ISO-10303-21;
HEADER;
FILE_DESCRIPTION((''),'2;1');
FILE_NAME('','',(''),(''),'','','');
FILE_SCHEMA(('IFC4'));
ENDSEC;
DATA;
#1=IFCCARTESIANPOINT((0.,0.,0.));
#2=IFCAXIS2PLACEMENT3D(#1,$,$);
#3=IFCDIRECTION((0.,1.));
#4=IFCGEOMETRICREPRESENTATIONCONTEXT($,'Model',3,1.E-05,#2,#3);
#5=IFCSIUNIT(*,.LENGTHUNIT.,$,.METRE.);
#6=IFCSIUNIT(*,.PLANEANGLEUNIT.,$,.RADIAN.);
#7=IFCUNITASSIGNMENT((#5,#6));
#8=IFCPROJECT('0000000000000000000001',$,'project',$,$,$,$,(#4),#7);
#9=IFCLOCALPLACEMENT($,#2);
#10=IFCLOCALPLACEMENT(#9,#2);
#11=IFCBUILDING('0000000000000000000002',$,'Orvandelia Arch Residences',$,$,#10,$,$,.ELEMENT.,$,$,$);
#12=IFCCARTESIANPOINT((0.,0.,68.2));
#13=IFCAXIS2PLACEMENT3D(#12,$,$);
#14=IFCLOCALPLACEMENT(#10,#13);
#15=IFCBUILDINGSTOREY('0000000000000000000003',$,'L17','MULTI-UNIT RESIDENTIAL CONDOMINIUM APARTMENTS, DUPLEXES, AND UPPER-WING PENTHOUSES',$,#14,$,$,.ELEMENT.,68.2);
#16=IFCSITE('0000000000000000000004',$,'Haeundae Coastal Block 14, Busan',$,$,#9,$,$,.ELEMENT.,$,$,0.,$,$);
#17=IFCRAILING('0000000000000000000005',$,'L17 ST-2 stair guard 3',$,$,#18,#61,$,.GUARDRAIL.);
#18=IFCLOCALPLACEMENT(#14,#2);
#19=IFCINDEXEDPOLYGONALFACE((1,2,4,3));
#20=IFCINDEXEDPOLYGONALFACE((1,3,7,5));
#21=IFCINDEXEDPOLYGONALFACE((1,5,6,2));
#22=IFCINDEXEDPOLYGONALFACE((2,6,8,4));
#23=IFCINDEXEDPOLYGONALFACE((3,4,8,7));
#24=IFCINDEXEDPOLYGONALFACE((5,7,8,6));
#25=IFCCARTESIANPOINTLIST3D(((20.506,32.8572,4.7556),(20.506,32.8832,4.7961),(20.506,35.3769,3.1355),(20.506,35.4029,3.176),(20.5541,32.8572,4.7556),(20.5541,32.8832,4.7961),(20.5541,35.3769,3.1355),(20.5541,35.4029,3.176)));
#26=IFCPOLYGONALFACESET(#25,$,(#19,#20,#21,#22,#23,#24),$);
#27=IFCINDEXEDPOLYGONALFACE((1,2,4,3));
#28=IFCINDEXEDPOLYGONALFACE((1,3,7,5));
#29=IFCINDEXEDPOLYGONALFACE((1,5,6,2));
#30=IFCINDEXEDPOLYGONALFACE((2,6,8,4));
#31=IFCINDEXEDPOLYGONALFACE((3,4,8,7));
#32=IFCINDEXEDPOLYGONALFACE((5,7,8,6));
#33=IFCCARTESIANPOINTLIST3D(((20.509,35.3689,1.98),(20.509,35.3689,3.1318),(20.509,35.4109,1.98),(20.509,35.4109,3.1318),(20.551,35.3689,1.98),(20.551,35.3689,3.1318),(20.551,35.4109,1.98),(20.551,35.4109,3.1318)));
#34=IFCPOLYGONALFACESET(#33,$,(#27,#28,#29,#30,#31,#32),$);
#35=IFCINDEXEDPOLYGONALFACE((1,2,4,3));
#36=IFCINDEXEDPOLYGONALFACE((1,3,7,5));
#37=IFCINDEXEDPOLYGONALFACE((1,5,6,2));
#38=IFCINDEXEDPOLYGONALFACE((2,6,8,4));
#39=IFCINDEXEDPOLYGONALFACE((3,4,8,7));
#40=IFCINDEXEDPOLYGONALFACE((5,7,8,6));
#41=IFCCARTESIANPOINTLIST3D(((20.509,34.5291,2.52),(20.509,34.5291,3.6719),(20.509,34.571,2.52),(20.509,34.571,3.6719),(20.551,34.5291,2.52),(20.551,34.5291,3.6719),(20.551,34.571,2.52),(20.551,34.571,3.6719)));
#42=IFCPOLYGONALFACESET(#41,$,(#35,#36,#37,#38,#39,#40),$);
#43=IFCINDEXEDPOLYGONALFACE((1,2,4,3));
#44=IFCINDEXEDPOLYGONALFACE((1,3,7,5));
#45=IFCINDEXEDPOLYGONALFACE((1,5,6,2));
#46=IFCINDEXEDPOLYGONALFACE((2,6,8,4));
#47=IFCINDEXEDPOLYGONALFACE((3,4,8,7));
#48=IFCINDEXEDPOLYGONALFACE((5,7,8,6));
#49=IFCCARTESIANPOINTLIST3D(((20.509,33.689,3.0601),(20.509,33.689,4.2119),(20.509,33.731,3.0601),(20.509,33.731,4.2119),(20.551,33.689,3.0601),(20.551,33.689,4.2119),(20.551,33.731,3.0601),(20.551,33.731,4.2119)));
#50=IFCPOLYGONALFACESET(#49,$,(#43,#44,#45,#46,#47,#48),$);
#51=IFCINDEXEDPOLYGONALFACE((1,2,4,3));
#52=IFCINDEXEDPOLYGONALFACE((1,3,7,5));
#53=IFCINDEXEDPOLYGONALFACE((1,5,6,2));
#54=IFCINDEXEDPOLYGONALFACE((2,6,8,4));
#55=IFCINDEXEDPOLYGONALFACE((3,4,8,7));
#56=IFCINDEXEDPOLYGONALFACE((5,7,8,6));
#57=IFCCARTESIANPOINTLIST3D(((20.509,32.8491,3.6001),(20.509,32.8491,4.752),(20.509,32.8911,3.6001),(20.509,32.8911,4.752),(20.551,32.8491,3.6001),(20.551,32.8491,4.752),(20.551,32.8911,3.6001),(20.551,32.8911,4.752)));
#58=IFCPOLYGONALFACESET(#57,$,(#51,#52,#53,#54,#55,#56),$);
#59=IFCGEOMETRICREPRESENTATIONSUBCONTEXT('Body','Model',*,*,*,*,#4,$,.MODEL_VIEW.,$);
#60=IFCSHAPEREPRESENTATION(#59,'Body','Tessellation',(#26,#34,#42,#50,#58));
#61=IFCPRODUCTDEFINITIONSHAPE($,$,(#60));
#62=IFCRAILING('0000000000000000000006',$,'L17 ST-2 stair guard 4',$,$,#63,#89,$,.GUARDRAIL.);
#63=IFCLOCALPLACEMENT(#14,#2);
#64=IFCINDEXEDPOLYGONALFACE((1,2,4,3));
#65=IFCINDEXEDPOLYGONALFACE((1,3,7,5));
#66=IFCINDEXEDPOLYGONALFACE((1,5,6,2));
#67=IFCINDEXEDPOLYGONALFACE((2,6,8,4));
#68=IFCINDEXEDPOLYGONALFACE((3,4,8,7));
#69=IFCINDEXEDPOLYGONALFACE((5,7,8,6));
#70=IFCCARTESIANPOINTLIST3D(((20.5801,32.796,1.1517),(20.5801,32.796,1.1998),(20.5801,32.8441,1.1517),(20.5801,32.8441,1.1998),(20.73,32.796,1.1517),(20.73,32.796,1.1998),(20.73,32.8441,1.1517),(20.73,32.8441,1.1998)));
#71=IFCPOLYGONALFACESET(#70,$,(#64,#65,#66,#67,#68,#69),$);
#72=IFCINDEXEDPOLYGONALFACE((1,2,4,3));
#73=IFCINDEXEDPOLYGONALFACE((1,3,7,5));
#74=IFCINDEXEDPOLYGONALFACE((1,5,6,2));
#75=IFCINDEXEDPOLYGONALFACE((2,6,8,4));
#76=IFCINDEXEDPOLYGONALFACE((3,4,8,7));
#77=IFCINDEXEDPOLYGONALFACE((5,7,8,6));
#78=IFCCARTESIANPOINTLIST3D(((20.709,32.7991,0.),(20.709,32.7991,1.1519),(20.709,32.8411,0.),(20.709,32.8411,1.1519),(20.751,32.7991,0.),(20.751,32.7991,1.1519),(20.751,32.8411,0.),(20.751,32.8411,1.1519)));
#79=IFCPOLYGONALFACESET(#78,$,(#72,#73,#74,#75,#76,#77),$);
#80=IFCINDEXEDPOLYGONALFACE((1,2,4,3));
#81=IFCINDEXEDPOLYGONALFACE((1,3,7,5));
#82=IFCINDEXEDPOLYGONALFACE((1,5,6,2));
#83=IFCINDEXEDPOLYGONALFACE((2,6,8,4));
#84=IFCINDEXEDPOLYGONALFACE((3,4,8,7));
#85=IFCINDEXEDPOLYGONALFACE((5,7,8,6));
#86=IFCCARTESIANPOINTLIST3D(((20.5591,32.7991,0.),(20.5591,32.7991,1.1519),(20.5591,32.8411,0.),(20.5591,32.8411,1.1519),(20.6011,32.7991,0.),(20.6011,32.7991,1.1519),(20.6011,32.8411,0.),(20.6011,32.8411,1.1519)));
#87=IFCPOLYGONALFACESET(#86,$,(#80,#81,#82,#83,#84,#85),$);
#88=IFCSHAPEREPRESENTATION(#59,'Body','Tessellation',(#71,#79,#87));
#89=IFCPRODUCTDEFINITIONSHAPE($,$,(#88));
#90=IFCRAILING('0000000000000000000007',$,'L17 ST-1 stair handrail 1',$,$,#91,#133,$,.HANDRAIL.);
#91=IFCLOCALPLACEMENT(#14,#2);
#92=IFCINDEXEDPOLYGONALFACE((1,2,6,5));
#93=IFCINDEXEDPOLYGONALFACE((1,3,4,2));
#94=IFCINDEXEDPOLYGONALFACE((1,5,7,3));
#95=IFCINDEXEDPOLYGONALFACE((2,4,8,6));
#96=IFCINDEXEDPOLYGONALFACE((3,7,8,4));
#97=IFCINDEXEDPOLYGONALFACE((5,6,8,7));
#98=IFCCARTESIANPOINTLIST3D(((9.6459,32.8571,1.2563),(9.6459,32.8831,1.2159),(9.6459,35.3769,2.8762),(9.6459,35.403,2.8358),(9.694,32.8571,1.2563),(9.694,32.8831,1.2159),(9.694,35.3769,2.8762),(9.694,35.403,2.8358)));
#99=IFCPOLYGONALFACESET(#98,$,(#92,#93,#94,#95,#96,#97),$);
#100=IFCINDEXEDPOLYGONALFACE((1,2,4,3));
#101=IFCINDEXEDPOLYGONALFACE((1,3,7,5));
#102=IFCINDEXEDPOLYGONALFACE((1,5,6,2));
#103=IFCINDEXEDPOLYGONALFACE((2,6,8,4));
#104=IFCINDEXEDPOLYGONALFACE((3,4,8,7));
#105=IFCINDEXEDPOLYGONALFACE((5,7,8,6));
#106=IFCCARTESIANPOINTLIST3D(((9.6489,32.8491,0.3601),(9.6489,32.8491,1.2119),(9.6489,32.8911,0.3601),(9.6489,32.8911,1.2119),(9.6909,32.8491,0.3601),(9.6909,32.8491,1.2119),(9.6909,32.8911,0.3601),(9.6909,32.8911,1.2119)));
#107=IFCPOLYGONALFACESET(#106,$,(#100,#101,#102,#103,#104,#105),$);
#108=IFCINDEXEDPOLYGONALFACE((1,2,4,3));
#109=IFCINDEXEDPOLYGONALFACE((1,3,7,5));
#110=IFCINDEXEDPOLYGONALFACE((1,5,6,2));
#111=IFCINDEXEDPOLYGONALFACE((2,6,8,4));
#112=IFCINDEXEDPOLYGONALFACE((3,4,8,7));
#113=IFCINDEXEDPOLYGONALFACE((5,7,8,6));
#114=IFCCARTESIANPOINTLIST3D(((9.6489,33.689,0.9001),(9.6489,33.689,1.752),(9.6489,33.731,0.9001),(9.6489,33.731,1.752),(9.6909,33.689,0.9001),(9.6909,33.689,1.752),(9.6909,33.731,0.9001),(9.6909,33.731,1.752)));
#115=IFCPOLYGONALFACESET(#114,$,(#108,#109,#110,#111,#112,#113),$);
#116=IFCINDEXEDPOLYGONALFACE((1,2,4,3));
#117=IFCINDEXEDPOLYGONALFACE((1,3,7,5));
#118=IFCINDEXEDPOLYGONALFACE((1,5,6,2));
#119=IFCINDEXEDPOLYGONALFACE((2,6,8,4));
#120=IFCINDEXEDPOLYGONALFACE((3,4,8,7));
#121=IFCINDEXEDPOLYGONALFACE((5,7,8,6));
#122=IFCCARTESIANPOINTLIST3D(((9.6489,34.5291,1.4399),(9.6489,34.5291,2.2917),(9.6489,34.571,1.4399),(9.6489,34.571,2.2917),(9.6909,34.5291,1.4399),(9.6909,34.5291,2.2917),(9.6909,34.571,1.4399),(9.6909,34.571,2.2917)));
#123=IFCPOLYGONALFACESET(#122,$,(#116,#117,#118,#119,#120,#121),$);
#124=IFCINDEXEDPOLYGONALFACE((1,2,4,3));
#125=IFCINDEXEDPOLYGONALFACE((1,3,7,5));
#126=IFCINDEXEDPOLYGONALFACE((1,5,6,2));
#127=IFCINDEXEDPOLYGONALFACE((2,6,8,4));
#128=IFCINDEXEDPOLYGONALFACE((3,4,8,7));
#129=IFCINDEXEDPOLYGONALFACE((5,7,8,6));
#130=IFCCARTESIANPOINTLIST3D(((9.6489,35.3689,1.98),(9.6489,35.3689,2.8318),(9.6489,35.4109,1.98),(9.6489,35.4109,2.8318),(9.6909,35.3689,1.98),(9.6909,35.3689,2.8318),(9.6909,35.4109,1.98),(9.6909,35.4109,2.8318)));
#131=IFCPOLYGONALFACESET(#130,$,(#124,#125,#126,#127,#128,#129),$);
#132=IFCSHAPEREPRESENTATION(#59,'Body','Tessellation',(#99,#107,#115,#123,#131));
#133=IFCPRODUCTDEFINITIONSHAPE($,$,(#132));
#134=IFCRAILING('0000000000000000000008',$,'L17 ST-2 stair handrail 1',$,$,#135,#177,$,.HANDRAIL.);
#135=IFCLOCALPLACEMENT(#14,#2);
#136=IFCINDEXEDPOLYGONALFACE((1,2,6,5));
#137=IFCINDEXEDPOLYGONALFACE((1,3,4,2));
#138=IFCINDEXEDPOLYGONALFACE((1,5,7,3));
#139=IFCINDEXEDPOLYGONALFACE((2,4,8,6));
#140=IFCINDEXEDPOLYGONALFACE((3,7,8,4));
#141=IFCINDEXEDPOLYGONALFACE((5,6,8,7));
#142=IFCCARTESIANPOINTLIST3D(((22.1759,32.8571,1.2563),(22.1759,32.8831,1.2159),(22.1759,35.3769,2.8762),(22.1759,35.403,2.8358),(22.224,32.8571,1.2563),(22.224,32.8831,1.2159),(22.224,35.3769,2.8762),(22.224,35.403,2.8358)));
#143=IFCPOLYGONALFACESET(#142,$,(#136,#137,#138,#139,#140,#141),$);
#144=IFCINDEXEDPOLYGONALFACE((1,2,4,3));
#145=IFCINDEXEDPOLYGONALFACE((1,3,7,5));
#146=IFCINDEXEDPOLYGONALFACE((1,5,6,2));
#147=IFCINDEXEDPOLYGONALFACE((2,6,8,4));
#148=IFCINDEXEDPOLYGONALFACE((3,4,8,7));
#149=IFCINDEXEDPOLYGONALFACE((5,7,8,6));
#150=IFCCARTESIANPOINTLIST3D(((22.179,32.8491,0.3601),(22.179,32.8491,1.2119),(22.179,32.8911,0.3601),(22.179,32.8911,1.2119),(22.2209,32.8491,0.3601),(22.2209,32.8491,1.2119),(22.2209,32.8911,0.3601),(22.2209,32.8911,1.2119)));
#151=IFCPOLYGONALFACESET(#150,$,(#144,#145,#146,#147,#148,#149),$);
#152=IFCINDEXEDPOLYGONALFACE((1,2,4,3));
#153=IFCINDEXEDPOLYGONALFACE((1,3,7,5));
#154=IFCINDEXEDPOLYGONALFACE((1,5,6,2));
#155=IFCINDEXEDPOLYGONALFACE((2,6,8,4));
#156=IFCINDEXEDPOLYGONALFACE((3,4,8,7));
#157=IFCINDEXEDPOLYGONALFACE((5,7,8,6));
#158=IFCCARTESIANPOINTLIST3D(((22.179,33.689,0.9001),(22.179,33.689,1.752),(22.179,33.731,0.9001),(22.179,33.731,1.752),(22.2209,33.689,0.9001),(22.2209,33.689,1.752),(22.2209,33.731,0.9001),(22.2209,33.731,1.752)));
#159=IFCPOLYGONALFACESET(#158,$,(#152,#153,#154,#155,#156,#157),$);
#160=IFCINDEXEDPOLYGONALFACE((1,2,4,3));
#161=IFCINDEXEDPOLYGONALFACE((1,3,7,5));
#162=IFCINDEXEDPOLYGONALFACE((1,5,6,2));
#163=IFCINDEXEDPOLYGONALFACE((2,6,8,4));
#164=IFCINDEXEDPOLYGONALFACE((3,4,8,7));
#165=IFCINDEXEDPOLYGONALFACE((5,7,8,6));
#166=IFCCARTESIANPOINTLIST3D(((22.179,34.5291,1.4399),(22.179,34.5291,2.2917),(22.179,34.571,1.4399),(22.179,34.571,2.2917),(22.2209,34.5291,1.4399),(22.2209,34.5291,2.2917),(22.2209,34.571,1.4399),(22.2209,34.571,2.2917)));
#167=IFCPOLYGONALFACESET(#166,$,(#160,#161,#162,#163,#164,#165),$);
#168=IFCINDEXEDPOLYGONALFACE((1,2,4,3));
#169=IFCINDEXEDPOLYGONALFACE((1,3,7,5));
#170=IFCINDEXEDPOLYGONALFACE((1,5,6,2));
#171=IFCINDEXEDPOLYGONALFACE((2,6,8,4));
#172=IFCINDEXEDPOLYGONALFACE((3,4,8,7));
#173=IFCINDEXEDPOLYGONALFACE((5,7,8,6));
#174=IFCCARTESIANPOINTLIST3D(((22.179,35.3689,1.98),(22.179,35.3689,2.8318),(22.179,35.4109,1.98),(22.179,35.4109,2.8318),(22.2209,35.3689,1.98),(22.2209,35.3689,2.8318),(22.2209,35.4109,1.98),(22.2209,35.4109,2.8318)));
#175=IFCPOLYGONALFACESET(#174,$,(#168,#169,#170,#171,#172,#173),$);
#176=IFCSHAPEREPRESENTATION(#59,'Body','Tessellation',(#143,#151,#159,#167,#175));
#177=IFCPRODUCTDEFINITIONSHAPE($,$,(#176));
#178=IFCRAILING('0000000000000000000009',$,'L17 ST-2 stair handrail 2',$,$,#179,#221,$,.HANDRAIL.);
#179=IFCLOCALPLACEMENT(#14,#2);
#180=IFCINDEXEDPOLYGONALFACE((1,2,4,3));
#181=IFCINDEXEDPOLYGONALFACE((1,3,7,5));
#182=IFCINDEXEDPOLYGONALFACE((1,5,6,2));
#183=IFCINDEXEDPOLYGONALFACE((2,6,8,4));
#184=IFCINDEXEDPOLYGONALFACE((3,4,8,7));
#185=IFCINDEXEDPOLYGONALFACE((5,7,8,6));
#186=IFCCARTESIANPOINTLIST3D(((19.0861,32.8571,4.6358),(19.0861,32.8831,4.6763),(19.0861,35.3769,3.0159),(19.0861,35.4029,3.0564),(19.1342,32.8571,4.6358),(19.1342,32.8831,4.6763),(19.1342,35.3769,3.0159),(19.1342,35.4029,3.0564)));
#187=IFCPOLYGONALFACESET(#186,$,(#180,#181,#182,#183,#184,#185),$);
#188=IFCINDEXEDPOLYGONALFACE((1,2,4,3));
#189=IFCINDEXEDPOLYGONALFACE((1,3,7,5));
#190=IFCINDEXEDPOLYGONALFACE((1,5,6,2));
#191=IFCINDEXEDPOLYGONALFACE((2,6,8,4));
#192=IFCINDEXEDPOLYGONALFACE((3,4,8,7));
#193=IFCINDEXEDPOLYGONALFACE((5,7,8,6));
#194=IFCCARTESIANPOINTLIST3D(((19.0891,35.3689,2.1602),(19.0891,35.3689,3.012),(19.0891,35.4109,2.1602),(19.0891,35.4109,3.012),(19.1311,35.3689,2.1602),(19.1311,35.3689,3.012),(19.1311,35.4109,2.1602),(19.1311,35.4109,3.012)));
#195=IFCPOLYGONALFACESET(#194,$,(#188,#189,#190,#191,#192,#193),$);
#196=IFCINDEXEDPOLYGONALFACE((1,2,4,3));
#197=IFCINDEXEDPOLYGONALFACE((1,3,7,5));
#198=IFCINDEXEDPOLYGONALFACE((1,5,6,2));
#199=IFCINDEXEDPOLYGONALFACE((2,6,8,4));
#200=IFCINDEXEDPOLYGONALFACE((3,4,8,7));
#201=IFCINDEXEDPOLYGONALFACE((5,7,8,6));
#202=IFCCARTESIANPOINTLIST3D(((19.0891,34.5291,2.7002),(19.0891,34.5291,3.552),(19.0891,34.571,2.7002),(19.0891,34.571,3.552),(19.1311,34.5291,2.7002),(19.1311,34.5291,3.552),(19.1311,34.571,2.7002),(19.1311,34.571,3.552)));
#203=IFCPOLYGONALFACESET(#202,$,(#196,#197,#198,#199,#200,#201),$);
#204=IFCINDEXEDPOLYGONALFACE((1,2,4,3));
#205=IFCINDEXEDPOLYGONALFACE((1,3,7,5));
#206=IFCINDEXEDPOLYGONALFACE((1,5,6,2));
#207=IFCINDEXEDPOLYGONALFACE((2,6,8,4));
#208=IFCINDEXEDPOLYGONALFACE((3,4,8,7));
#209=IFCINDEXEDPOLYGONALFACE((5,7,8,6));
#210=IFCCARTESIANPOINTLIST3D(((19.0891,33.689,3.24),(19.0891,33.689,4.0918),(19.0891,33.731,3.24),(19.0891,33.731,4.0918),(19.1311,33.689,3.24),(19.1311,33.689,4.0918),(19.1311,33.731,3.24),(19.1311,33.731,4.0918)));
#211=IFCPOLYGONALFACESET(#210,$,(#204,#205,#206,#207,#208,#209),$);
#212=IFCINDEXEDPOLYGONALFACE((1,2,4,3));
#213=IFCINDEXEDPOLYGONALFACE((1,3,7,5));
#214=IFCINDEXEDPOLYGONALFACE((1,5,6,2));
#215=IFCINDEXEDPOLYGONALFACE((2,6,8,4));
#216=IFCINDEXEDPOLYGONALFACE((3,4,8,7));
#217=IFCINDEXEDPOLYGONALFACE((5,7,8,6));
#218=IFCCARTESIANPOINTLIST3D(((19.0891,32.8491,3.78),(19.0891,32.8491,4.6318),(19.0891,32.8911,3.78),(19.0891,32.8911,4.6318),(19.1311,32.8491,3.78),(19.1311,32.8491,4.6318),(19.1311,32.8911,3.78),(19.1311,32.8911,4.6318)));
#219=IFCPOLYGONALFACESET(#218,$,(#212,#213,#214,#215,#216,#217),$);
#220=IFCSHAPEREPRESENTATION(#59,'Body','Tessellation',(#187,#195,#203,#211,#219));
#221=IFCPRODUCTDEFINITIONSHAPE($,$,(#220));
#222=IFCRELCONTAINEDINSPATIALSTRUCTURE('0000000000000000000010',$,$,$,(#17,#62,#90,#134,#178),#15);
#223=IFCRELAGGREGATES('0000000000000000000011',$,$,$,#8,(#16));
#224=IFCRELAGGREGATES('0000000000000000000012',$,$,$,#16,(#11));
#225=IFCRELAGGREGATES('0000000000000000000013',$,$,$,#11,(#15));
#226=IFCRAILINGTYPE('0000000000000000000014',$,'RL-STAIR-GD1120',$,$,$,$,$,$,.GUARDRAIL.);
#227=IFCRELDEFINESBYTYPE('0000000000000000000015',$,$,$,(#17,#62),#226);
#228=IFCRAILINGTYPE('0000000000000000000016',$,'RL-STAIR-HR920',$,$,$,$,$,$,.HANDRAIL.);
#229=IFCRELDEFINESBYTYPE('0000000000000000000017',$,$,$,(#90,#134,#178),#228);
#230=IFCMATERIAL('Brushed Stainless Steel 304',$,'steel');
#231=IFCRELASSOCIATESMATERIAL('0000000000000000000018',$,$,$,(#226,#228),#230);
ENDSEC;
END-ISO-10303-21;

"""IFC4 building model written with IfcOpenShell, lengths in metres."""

from ifc_helpers import new_model, si_unit, direction, frame, origin, origin_2d, place, context, subcontext, project, spatial, rectangle, extrude, material, type_object, element, save


model = new_model("IFC4")

# Units and contexts
model_context = context("Model", 3, precision=1e-05, world=origin(), true_north=direction((0.0, 1.0)))
body_context = subcontext(model_context, "Body", "Model", "MODEL_VIEW")
ifc_project = project(units=[si_unit("LENGTHUNIT", "METRE"), si_unit("PLANEANGLEUNIT", "RADIAN")], contexts=[model_context])

# Site, building, storey
site_placement = place(None, origin())
site = spatial("IfcSite", under=ifc_project, at=site_placement, Name="Haeundae Coastal Block 14, Busan", CompositionType="ELEMENT", RefElevation=0.0)
building_placement = place(site_placement, origin())
building = spatial("IfcBuilding", under=site, at=building_placement, Name="Orvandelia Arch Residences", CompositionType="ELEMENT")
storey_placement = place(building_placement, frame((0.0, 0.0, 68.2)))
storey = spatial("IfcBuildingStorey", under=building, at=storey_placement, Name="L17", Description="MULTI-UNIT RESIDENTIAL CONDOMINIUM APARTMENTS, DUPLEXES, AND UPPER-WING PENTHOUSES", CompositionType="ELEMENT", Elevation=68.2)

# Railings
ifc_material_1 = material(Name="Brushed Stainless Steel 304", Category="steel")
railing_type_1 = type_object("IfcRailingType", Name="RL-STAIR-GD1120", PredefinedType="GUARDRAIL", material=ifc_material_1)
railing_1_placement = place(storey_placement, frame((20.53, 35.3899, 1.98)))
element("IfcRailing", 1, at=railing_1_placement, inside=storey, type_object=railing_type_1, Name="L17 ST-2 stair guard 3", PredefinedType="GUARDRAIL", context=body_context, shape_type="SweptSolid", body=[
    extrude(rectangle(XDim=0.0481, YDim=0.0481, at=origin_2d()), frame((0.0, 0.0, 1.1758), z_axis=(0.0, -0.841139, 0.540819), x_axis=(1.0, 0.0, 0.0)), (0.0, 0.0, 1.0), 2.9956),
    extrude(rectangle(XDim=0.042, YDim=0.042, at=origin_2d()), origin(), (0.0, 0.0, 1.0), 1.1519),
    extrude(rectangle(XDim=0.042, YDim=0.042, at=origin_2d()), frame((0.0, -0.8398, 0.54)), (0.0, 0.0, 1.0), 1.1519),
    extrude(rectangle(XDim=0.042, YDim=0.042, at=origin_2d()), frame((0.0, -1.6799, 1.0801)), (0.0, 0.0, 1.0), 1.1519),
    extrude(rectangle(XDim=0.042, YDim=0.042, at=origin_2d()), frame((0.0, -2.5198, 1.6201)), (0.0, 0.0, 1.0), 1.1519),
])
railing_2_placement = place(storey_placement, frame((20.73, 32.8201, 0.0)))
element("IfcRailing", 2, at=railing_2_placement, inside=storey, type_object=railing_type_1, Name="L17 ST-2 stair guard 4", PredefinedType="GUARDRAIL", context=body_context, shape_type="SweptSolid", body=[
    extrude(rectangle(XDim=0.0481, YDim=0.0481, at=origin_2d()), frame((0.0, 0.0, 1.1758), z_axis=(-1.0, 0.0, 0.0), x_axis=(0.0, -1.0, 0.0)), (0.0, 0.0, 1.0), 0.1499),
    extrude(rectangle(XDim=0.042, YDim=0.042, at=origin_2d()), origin(), (0.0, 0.0, 1.0), 1.1519),
    extrude(rectangle(XDim=0.042, YDim=0.042, at=origin_2d()), frame((-0.1499, 0.0, 0.0)), (0.0, 0.0, 1.0), 1.1519),
])
railing_type_2 = type_object("IfcRailingType", Name="RL-STAIR-HR920", PredefinedType="HANDRAIL", material=ifc_material_1)
for number, where, name in (
    (3, (9.6699, 32.8701, 0.3601), "L17 ST-1 stair handrail 1"),
    (4, (22.2, 32.8701, 0.3601), "L17 ST-2 stair handrail 1"),
):
    element("IfcRailing", number, at=place(storey_placement, frame(where)), inside=storey, type_object=railing_type_2, Name=name, PredefinedType="HANDRAIL", context=body_context, shape_type="SweptSolid", body=[
        extrude(rectangle(XDim=0.0481, YDim=0.0481, at=origin_2d()), frame((0.0, 0.0, 0.876), z_axis=(0.0, 0.841176, 0.540762), x_axis=(-1.0, 0.0, 0.0)), (0.0, 0.0, 1.0), 2.9956),
        extrude(rectangle(XDim=0.042, YDim=0.042, at=origin_2d()), origin(), (0.0, 0.0, 1.0), 0.8518),
        extrude(rectangle(XDim=0.042, YDim=0.042, at=origin_2d()), frame((0.0, 0.8398, 0.54)), (0.0, 0.0, 1.0), 0.8518),
        extrude(rectangle(XDim=0.042, YDim=0.042, at=origin_2d()), frame((0.0, 1.6799, 1.0798)), (0.0, 0.0, 1.0), 0.8518),
        extrude(rectangle(XDim=0.042, YDim=0.042, at=origin_2d()), frame((0.0, 2.5198, 1.6199)), (0.0, 0.0, 1.0), 0.8518),
    ])
railing_3_placement = place(storey_placement, frame((19.1101, 35.3899, 2.1602)))
element("IfcRailing", 5, at=railing_3_placement, inside=storey, type_object=railing_type_2, Name="L17 ST-2 stair handrail 2", PredefinedType="HANDRAIL", context=body_context, shape_type="SweptSolid", body=[
    extrude(rectangle(XDim=0.0481, YDim=0.0481, at=origin_2d()), frame((0.0, 0.0, 0.876), z_axis=(0.0, -0.841176, 0.540762), x_axis=(1.0, 0.0, 0.0)), (0.0, 0.0, 1.0), 2.9956),
    extrude(rectangle(XDim=0.042, YDim=0.042, at=origin_2d()), origin(), (0.0, 0.0, 1.0), 0.8518),
    extrude(rectangle(XDim=0.042, YDim=0.042, at=origin_2d()), frame((0.0, -0.8398, 0.54)), (0.0, 0.0, 1.0), 0.8518),
    extrude(rectangle(XDim=0.042, YDim=0.042, at=origin_2d()), frame((0.0, -1.6799, 1.0798)), (0.0, 0.0, 1.0), 0.8518),
    extrude(rectangle(XDim=0.042, YDim=0.042, at=origin_2d()), frame((0.0, -2.5198, 1.6199)), (0.0, 0.0, 1.0), 0.8518),
])

save(model, "model.ifc")
